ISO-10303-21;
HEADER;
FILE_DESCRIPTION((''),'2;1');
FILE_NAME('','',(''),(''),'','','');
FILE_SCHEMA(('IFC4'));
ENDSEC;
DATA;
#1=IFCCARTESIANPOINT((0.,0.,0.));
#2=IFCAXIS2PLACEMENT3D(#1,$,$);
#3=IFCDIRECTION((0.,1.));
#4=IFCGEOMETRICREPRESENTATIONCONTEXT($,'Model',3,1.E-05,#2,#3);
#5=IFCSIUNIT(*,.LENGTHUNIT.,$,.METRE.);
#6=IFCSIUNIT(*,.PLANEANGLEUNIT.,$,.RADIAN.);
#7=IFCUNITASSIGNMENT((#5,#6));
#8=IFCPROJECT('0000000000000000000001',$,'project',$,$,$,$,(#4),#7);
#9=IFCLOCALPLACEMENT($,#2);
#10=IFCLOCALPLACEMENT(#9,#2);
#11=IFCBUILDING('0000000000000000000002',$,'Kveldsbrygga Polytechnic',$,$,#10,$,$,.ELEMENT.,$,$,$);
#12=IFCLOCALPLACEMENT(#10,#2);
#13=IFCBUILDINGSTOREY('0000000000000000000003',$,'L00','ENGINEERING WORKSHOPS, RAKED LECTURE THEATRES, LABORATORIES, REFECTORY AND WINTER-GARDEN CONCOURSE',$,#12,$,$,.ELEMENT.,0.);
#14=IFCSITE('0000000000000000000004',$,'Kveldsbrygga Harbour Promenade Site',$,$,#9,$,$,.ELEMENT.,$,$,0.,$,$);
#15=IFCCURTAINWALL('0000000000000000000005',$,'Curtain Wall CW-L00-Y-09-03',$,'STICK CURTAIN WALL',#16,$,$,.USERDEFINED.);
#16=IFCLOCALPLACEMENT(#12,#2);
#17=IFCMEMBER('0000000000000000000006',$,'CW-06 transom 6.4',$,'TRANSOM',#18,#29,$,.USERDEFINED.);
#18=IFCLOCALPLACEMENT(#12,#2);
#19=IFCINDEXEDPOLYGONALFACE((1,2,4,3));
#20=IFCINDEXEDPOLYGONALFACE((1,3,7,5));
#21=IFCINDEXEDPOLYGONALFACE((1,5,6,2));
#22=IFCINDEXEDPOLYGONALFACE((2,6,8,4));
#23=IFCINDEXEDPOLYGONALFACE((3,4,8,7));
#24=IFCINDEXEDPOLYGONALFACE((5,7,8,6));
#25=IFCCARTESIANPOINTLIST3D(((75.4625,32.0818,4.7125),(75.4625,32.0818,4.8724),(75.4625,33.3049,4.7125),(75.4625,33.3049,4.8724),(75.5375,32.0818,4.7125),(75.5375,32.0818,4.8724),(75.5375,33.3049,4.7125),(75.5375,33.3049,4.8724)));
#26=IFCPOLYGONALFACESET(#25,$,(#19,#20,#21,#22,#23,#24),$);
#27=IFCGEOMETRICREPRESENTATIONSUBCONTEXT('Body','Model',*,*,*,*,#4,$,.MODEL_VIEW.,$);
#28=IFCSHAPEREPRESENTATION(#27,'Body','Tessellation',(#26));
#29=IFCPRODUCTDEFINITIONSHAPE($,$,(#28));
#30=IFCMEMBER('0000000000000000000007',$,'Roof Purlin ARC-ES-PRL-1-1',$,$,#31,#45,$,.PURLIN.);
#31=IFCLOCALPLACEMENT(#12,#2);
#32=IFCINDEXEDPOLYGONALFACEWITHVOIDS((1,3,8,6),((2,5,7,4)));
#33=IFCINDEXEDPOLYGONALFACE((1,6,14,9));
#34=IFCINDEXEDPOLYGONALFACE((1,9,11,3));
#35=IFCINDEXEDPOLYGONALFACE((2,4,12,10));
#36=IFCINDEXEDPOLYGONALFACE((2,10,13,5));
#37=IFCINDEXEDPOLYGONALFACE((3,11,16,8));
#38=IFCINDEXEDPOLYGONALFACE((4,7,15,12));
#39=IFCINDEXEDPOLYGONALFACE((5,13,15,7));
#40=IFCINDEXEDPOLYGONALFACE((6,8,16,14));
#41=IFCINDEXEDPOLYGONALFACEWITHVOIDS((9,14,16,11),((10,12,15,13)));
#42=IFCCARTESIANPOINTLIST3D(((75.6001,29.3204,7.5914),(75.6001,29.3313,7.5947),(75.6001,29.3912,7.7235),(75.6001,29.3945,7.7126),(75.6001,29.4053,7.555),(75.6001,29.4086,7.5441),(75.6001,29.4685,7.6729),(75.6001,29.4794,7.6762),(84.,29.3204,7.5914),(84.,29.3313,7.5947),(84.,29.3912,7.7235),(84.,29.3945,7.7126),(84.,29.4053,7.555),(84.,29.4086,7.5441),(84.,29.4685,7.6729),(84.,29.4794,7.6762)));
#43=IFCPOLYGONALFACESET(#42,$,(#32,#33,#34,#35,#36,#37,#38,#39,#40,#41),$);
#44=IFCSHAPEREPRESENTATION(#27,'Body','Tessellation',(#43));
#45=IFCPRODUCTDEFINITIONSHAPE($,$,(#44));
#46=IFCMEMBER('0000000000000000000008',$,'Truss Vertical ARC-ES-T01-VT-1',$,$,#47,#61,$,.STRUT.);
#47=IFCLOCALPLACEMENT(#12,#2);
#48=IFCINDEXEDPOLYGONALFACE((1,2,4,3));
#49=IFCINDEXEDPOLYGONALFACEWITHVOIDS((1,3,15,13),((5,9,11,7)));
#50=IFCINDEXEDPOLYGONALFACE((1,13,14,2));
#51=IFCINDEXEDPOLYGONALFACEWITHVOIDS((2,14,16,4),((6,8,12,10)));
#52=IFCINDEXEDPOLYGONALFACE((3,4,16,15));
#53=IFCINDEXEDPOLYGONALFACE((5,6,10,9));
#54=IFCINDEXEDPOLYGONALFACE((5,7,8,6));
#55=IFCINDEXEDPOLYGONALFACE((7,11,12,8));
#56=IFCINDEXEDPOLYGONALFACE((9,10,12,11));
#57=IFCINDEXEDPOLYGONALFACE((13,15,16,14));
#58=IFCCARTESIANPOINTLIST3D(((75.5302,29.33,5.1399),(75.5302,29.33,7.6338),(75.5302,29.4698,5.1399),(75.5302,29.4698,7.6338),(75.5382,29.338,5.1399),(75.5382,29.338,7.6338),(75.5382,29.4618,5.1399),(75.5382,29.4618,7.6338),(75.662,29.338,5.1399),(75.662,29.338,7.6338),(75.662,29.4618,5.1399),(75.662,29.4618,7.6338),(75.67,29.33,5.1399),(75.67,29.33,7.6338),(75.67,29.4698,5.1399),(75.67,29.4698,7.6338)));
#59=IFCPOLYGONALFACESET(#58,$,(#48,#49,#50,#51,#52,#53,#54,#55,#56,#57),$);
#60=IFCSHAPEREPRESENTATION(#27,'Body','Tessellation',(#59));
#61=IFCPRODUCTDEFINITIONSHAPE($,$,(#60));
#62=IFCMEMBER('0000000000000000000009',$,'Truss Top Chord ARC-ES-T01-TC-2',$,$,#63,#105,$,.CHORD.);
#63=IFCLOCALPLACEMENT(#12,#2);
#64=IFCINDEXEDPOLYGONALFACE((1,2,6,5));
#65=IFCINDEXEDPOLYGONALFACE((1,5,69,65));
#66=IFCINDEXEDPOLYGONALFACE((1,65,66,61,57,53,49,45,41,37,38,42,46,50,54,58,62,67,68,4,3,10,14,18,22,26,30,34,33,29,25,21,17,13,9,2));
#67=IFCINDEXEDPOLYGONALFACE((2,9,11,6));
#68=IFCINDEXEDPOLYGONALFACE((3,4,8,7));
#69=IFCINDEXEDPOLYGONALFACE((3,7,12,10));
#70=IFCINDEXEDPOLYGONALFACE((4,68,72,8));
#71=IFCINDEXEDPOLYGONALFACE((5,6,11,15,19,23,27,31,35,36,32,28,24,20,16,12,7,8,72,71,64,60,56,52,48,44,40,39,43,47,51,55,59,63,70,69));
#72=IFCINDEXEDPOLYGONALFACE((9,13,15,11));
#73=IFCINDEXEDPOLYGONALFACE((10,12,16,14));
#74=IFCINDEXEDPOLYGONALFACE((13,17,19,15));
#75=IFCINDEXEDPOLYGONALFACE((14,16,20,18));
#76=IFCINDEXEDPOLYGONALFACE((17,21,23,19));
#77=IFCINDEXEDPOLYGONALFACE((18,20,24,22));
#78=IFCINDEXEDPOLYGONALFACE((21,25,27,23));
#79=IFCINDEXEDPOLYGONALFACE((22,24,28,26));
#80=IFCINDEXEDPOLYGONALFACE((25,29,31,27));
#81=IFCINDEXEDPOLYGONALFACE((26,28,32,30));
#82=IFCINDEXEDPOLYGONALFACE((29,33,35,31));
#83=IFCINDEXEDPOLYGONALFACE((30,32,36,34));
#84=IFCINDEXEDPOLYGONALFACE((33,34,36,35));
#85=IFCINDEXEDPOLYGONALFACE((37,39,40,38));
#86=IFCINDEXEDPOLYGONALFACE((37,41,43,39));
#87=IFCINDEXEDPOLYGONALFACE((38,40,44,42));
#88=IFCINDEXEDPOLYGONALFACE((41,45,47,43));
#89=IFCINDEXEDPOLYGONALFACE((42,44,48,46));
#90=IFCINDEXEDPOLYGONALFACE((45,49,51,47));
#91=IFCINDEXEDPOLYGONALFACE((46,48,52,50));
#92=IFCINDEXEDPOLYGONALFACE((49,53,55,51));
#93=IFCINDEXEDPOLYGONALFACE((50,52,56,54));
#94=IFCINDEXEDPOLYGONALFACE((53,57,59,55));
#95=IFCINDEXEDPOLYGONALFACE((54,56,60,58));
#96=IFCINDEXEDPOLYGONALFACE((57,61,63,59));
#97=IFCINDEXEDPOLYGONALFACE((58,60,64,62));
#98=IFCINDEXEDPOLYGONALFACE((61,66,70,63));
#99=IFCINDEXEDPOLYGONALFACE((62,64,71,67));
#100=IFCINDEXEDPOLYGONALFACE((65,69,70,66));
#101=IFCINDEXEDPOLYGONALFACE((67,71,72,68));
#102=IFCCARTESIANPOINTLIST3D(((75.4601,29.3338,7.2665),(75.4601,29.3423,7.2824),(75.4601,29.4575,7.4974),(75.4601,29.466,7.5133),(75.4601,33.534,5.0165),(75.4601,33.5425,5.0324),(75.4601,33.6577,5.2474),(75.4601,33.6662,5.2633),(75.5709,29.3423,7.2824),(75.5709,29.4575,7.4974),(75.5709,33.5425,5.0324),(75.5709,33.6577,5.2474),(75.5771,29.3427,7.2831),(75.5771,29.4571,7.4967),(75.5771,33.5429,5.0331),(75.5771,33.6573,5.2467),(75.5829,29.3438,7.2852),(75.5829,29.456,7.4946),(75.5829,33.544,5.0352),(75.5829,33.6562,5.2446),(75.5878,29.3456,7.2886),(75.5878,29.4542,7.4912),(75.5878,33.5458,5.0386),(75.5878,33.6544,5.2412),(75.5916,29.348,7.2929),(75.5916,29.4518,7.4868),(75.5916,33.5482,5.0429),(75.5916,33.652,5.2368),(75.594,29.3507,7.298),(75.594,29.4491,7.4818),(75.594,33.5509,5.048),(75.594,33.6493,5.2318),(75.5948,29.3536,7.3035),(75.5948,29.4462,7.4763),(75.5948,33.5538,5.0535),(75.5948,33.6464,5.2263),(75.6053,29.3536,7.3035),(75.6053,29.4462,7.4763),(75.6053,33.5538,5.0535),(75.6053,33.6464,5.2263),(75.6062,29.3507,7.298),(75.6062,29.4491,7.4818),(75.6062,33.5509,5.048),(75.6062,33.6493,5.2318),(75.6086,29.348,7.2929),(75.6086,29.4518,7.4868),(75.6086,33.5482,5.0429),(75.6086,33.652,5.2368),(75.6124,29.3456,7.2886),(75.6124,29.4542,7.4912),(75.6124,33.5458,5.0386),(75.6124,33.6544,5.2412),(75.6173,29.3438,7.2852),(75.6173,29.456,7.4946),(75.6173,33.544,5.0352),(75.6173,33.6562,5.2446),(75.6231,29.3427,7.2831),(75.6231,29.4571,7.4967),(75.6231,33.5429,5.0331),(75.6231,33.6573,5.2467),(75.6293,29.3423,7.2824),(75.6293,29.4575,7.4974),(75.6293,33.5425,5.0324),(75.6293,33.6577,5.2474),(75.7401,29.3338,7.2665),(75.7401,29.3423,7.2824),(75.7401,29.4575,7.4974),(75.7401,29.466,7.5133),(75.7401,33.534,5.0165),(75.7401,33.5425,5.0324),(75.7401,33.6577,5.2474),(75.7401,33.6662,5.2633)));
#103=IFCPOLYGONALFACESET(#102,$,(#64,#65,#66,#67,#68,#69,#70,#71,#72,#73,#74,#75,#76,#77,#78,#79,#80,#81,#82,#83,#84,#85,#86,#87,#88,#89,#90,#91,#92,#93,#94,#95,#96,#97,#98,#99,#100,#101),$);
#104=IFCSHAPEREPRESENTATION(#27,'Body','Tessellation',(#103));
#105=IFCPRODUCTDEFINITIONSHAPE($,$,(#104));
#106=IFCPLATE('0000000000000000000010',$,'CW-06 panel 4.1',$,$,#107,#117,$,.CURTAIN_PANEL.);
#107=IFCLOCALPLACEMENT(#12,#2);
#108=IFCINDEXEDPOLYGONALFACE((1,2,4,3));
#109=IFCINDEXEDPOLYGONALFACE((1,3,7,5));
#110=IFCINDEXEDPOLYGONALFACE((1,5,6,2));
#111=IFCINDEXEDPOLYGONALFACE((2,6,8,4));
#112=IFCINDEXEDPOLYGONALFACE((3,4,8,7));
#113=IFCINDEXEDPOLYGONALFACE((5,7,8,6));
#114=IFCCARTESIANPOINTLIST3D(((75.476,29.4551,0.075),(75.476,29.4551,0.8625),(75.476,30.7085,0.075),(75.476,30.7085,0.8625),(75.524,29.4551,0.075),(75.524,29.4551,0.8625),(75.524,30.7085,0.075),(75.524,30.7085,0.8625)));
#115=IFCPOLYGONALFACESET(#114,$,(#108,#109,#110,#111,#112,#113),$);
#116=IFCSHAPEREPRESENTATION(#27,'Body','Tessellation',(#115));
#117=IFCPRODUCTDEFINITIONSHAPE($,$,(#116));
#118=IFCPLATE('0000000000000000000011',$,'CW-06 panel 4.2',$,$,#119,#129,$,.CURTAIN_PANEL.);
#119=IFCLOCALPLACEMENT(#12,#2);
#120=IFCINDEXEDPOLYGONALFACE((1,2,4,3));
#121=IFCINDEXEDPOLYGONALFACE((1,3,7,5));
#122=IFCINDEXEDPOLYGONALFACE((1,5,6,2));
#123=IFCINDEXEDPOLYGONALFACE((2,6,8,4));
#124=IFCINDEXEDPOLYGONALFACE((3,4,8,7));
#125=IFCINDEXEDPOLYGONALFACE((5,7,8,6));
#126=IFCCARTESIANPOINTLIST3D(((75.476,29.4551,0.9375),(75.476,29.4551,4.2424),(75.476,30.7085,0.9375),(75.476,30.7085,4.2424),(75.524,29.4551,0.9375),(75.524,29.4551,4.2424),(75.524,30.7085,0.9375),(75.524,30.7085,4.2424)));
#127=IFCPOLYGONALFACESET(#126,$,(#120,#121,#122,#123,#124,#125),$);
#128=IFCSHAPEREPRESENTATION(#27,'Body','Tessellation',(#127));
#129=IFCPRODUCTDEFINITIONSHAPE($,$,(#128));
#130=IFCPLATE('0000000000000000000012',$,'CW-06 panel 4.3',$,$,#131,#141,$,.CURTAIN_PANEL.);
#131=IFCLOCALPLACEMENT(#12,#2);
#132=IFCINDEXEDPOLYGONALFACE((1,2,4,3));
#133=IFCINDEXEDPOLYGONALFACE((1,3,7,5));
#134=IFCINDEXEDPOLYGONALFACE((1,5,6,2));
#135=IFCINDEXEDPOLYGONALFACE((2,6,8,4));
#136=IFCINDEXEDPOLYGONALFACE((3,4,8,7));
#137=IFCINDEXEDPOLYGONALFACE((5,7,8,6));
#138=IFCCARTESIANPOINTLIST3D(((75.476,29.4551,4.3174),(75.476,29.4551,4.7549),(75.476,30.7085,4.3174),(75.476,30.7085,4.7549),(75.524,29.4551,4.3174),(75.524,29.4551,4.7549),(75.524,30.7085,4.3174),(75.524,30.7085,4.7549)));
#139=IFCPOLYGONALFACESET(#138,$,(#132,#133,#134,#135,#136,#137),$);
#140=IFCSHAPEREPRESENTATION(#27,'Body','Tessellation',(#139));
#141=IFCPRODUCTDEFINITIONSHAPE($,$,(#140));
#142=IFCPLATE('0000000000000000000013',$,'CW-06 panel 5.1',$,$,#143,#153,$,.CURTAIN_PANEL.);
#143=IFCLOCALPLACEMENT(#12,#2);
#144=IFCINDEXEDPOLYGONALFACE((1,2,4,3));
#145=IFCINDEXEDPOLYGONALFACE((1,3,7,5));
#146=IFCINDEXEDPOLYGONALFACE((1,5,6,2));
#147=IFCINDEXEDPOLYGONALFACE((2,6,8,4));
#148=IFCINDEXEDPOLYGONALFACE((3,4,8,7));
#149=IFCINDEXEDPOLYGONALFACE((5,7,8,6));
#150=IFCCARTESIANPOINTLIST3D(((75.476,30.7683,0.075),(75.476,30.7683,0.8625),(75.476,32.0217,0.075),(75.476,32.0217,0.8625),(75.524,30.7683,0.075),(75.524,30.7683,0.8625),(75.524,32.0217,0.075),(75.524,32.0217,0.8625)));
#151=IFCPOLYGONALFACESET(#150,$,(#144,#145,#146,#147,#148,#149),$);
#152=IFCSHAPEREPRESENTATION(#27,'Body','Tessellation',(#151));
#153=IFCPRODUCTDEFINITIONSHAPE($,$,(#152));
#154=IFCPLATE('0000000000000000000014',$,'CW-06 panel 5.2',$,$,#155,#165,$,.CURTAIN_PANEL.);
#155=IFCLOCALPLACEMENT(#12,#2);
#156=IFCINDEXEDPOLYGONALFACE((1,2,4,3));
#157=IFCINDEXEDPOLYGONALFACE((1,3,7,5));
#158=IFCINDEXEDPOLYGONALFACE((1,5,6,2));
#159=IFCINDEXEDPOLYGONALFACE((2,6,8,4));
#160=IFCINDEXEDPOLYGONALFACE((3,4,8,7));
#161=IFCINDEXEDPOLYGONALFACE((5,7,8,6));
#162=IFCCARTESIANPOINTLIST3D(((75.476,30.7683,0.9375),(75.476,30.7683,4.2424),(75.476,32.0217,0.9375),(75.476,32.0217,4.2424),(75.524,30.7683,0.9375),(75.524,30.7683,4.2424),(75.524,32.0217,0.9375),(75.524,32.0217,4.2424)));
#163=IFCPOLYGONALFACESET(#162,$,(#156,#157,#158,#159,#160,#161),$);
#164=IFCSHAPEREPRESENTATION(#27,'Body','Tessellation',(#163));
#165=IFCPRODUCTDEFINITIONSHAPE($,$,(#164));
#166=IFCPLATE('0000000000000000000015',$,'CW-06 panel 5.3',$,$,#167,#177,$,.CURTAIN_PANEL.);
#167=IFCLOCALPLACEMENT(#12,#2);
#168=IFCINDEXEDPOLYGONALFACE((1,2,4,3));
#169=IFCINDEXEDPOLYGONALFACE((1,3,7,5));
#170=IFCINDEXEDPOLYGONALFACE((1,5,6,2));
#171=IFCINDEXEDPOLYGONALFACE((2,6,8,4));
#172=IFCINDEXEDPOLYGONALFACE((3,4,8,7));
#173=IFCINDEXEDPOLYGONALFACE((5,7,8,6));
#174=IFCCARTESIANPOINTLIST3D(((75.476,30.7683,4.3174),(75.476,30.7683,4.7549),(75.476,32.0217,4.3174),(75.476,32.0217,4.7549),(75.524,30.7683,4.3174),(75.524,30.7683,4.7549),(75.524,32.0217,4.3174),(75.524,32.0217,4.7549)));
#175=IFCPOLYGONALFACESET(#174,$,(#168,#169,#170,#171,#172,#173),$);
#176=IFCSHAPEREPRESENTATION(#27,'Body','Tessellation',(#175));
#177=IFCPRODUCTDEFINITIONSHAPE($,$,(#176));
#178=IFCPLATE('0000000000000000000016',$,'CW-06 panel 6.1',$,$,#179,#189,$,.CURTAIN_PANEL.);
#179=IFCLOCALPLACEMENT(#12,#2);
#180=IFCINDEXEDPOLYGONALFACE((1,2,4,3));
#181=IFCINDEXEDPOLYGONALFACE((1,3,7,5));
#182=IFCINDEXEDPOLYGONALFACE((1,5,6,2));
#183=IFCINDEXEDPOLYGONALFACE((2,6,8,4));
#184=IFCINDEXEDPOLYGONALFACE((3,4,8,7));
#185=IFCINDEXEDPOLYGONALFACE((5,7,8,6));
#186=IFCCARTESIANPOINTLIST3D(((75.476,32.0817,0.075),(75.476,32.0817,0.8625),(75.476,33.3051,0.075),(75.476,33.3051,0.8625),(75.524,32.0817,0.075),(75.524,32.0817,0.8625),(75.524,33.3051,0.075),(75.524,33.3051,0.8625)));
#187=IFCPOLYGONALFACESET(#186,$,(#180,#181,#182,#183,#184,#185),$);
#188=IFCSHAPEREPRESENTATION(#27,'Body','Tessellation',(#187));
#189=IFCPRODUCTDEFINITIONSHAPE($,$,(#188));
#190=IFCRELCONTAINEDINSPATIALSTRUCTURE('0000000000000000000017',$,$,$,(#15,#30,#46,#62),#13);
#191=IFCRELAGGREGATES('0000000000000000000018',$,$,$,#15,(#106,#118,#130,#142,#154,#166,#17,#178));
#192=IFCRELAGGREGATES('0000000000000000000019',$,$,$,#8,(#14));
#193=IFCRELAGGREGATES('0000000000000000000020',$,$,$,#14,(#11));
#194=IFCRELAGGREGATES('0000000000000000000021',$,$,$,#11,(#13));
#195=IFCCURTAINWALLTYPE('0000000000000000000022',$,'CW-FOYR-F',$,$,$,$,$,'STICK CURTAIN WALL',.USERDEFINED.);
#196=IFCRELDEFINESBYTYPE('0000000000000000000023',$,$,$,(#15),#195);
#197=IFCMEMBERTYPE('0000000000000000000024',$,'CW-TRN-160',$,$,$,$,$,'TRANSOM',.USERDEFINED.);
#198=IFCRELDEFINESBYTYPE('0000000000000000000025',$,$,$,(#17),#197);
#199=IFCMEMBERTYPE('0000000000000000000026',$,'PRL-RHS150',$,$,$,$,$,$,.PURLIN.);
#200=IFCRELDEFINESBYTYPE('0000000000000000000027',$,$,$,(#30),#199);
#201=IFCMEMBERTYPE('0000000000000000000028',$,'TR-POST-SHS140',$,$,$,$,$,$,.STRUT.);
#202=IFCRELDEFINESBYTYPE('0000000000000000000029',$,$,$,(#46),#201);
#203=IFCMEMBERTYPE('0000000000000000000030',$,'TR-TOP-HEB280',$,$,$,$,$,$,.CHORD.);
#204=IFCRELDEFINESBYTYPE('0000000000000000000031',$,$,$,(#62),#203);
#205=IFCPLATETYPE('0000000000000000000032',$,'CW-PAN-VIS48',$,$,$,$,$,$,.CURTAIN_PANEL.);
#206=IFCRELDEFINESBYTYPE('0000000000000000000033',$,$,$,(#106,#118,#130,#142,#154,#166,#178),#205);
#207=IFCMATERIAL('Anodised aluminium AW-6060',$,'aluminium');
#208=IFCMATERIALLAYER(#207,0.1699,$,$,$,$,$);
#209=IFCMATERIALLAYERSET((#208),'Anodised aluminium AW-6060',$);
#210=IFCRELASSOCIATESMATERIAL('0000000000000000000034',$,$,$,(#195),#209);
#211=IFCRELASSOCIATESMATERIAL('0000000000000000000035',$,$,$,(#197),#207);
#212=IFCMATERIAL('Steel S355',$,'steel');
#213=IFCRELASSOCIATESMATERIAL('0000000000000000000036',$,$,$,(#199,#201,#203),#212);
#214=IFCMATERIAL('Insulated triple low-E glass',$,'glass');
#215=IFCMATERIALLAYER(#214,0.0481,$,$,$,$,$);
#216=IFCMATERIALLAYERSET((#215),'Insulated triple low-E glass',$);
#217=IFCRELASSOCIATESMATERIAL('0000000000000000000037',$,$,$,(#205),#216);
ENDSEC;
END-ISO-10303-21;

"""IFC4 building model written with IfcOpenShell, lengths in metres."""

from ifc_helpers import new_model, si_unit, direction, frame, origin, origin_2d, place, context, subcontext, project, spatial, rectangle, hollow_rectangle, i_section, extrude, material, layer, layer_set, material_profile, profile_set, type_object, element, aggregate, save


model = new_model("IFC4")

# Units and contexts
model_context = context("Model", 3, precision=1e-05, world=origin(), true_north=direction((0.0, 1.0)))
body_context = subcontext(model_context, "Body", "Model", "MODEL_VIEW")
ifc_project = project(units=[si_unit("LENGTHUNIT", "METRE"), si_unit("PLANEANGLEUNIT", "RADIAN")], contexts=[model_context])

# Site, building, storey
site_placement = place(None, origin())
site = spatial("IfcSite", under=ifc_project, at=site_placement, Name="Kveldsbrygga Harbour Promenade Site", CompositionType="ELEMENT", RefElevation=0.0)
building_placement = place(site_placement, origin())
building = spatial("IfcBuilding", under=site, at=building_placement, Name="Kveldsbrygga Polytechnic", CompositionType="ELEMENT")
storey_placement = place(building_placement, origin())
storey = spatial("IfcBuildingStorey", under=building, at=storey_placement, Name="L00", Description="ENGINEERING WORKSHOPS, RAKED LECTURE THEATRES, LABORATORIES, REFECTORY AND WINTER-GARDEN CONCOURSE", CompositionType="ELEMENT", Elevation=0.0)

# Curtain wall, member
ifc_material_1 = material(Name="Anodised aluminium AW-6060", Category="aluminium")
ifc_layer_1 = layer(ifc_material_1, 0.1699)
ifc_layer_set_1 = layer_set([ifc_layer_1], Name="Anodised aluminium AW-6060")
curtain_wall_type = type_object("IfcCurtainWallType", Name="CW-FOYR-F", ElementType="STICK CURTAIN WALL", PredefinedType="USERDEFINED", material=ifc_layer_set_1)
curtain_wall_placement = place(storey_placement, origin())
curtain_wall = element("IfcCurtainWall", 1, at=curtain_wall_placement, inside=storey, type_object=curtain_wall_type, Name="Curtain Wall CW-L00-Y-09-03", ObjectType="STICK CURTAIN WALL", PredefinedType="USERDEFINED")
ifc_material_profile_1 = material_profile(ifc_material_1, rectangle(XDim=0.075, YDim=0.1599, at=origin_2d()), Name="ALU 75x160")
ifc_profile_set_1 = profile_set([ifc_material_profile_1], Name="Anodised aluminium AW-6060")
member_type_1 = type_object("IfcMemberType", Name="CW-TRN-160", ElementType="TRANSOM", PredefinedType="USERDEFINED", material=ifc_profile_set_1)
member_1_placement = place(storey_placement, frame((75.5, 32.0818, 4.7925), z_axis=(0.0, 1.0, 0.0), x_axis=(-1.0, 0.0, 0.0)))
member_1 = element("IfcMember", 2, at=member_1_placement, type_object=member_type_1, Name="CW-06 transom 6.4", ObjectType="TRANSOM", PredefinedType="USERDEFINED", context=body_context, shape_type="SweptSolid", body=[
    extrude(rectangle(XDim=0.075, YDim=0.1599, at=origin_2d()), origin(), (0.0, 0.0, 1.0), 1.2231),
])

# Members
ifc_material_2 = material(Name="Steel S355", Category="steel")
ifc_material_profile_2 = material_profile(ifc_material_2, hollow_rectangle(XDim=0.1001, YDim=0.1499, WallThickness=0.0081, at=origin_2d()), Name="RHS 150x100x8.0")
ifc_profile_set_2 = profile_set([ifc_material_profile_2], Name="Steel S355")
member_type_2 = type_object("IfcMemberType", Name="PRL-RHS150", PredefinedType="PURLIN", material=ifc_profile_set_2)
member_2_placement = place(storey_placement, frame((75.6001, 29.3999, 7.6338), z_axis=(1.0, 0.0, 0.0), x_axis=(0.0, 0.88148, -0.472222)))
element("IfcMember", 3, at=member_2_placement, inside=storey, type_object=member_type_2, Name="Roof Purlin ARC-ES-PRL-1-1", PredefinedType="PURLIN", context=body_context, shape_type="SweptSolid", body=[
    extrude(hollow_rectangle(XDim=0.1001, YDim=0.1499, WallThickness=0.0081, at=origin_2d()), origin(), (0.0, 0.0, 1.0), 8.3999),
])
ifc_material_profile_3 = material_profile(ifc_material_2, hollow_rectangle(XDim=0.1399, YDim=0.1399, WallThickness=0.0081, at=origin_2d()), Name="SHS 140x140x8.0")
ifc_profile_set_3 = profile_set([ifc_material_profile_3], Name="Steel S355")
member_type_3 = type_object("IfcMemberType", Name="TR-POST-SHS140", PredefinedType="STRUT", material=ifc_profile_set_3)
member_3_placement = place(storey_placement, frame((75.6001, 29.3999, 5.1399), z_axis=(0.0, 0.0, 1.0), x_axis=(1.0, 0.0, 0.0)))
element("IfcMember", 4, at=member_3_placement, inside=storey, type_object=member_type_3, Name="Truss Vertical ARC-ES-T01-VT-1", PredefinedType="STRUT", context=body_context, shape_type="SweptSolid", body=[
    extrude(hollow_rectangle(XDim=0.1399, YDim=0.1399, WallThickness=0.0081, at=origin_2d()), origin(), (0.0, 0.0, 1.0), 2.4939),
])
ifc_material_profile_4 = material_profile(ifc_material_2, i_section(OverallWidth=0.28, OverallDepth=0.28, WebThickness=0.0105, FlangeThickness=0.0181, FilletRadius=0.0239, at=origin_2d()), Name="HEB 280")
ifc_profile_set_4 = profile_set([ifc_material_profile_4], Name="Steel S355")
member_type_4 = type_object("IfcMemberType", Name="TR-TOP-HEB280", PredefinedType="CHORD", material=ifc_profile_set_4)
member_4_placement = place(storey_placement, frame((75.6001, 29.3999, 7.3899), z_axis=(0.0, 0.881489, -0.472204), x_axis=(-1.0, 0.0, 0.0)))
element("IfcMember", 5, at=member_4_placement, inside=storey, type_object=member_type_4, Name="Truss Top Chord ARC-ES-T01-TC-2", PredefinedType="CHORD", context=body_context, shape_type="SweptSolid", body=[
    extrude(i_section(OverallWidth=0.28, OverallDepth=0.28, WebThickness=0.0105, FlangeThickness=0.0181, FilletRadius=0.0239, at=origin_2d()), origin(), (0.0, 0.0, 1.0), 4.7649),
])

# Plates
ifc_material_3 = material(Name="Insulated triple low-E glass", Category="glass")
ifc_layer_2 = layer(ifc_material_3, 0.0481)
ifc_layer_set_2 = layer_set([ifc_layer_2], Name="Insulated triple low-E glass")
plate_type_1 = type_object("IfcPlateType", Name="CW-PAN-VIS48", PredefinedType="CURTAIN_PANEL", material=ifc_layer_set_2)
plate_1_placement = place(storey_placement, frame((75.5, 30.0818, 0.075), z_axis=(0.0, 0.0, 1.0), x_axis=(0.0, 1.0, 0.0)))
plate_1 = element("IfcPlate", 6, at=plate_1_placement, type_object=plate_type_1, Name="CW-06 panel 4.1", PredefinedType="CURTAIN_PANEL", context=body_context, shape_type="SweptSolid", body=[
    extrude(rectangle(XDim=1.2534, YDim=0.0481, at=origin_2d()), origin(), (0.0, 0.0, 1.0), 0.7876),
])
plate_2_placement = place(storey_placement, frame((75.5, 30.0818, 0.9375), z_axis=(0.0, 0.0, 1.0), x_axis=(0.0, 1.0, 0.0)))
plate_2 = element("IfcPlate", 7, at=plate_2_placement, type_object=plate_type_1, Name="CW-06 panel 4.2", PredefinedType="CURTAIN_PANEL", context=body_context, shape_type="SweptSolid", body=[
    extrude(rectangle(XDim=1.2534, YDim=0.0481, at=origin_2d()), origin(), (0.0, 0.0, 1.0), 3.3049),
])
plate_3_placement = place(storey_placement, frame((75.5, 30.0818, 4.3174), z_axis=(0.0, 0.0, 1.0), x_axis=(0.0, 1.0, 0.0)))
plate_3 = element("IfcPlate", 8, at=plate_3_placement, type_object=plate_type_1, Name="CW-06 panel 4.3", PredefinedType="CURTAIN_PANEL", context=body_context, shape_type="SweptSolid", body=[
    extrude(rectangle(XDim=1.2534, YDim=0.0481, at=origin_2d()), origin(), (0.0, 0.0, 1.0), 0.4375),
])
plate_4_placement = place(storey_placement, frame((75.5, 31.395, 0.075), z_axis=(0.0, 0.0, 1.0), x_axis=(0.0, 1.0, 0.0)))
plate_4 = element("IfcPlate", 9, at=plate_4_placement, type_object=plate_type_1, Name="CW-06 panel 5.1", PredefinedType="CURTAIN_PANEL", context=body_context, shape_type="SweptSolid", body=[
    extrude(rectangle(XDim=1.2534, YDim=0.0481, at=origin_2d()), origin(), (0.0, 0.0, 1.0), 0.7876),
])
plate_5_placement = place(storey_placement, frame((75.5, 31.395, 0.9375), z_axis=(0.0, 0.0, 1.0), x_axis=(0.0, 1.0, 0.0)))
plate_5 = element("IfcPlate", 10, at=plate_5_placement, type_object=plate_type_1, Name="CW-06 panel 5.2", PredefinedType="CURTAIN_PANEL", context=body_context, shape_type="SweptSolid", body=[
    extrude(rectangle(XDim=1.2534, YDim=0.0481, at=origin_2d()), origin(), (0.0, 0.0, 1.0), 3.3049),
])
plate_6_placement = place(storey_placement, frame((75.5, 31.395, 4.3174), z_axis=(0.0, 0.0, 1.0), x_axis=(0.0, 1.0, 0.0)))
plate_6 = element("IfcPlate", 11, at=plate_6_placement, type_object=plate_type_1, Name="CW-06 panel 5.3", PredefinedType="CURTAIN_PANEL", context=body_context, shape_type="SweptSolid", body=[
    extrude(rectangle(XDim=1.2534, YDim=0.0481, at=origin_2d()), origin(), (0.0, 0.0, 1.0), 0.4375),
])
plate_7_placement = place(storey_placement, frame((75.5, 32.6934, 0.075), z_axis=(0.0, 0.0, 1.0), x_axis=(0.0, 1.0, 0.0)))
plate_7 = element("IfcPlate", 12, at=plate_7_placement, type_object=plate_type_1, Name="CW-06 panel 6.1", PredefinedType="CURTAIN_PANEL", context=body_context, shape_type="SweptSolid", body=[
    extrude(rectangle(XDim=1.2234, YDim=0.0481, at=origin_2d()), origin(), (0.0, 0.0, 1.0), 0.7876),
])
aggregate(curtain_wall, [plate_1, plate_2, plate_3, plate_4, plate_5, plate_6, member_1, plate_7])

save(model, "model.ifc")
